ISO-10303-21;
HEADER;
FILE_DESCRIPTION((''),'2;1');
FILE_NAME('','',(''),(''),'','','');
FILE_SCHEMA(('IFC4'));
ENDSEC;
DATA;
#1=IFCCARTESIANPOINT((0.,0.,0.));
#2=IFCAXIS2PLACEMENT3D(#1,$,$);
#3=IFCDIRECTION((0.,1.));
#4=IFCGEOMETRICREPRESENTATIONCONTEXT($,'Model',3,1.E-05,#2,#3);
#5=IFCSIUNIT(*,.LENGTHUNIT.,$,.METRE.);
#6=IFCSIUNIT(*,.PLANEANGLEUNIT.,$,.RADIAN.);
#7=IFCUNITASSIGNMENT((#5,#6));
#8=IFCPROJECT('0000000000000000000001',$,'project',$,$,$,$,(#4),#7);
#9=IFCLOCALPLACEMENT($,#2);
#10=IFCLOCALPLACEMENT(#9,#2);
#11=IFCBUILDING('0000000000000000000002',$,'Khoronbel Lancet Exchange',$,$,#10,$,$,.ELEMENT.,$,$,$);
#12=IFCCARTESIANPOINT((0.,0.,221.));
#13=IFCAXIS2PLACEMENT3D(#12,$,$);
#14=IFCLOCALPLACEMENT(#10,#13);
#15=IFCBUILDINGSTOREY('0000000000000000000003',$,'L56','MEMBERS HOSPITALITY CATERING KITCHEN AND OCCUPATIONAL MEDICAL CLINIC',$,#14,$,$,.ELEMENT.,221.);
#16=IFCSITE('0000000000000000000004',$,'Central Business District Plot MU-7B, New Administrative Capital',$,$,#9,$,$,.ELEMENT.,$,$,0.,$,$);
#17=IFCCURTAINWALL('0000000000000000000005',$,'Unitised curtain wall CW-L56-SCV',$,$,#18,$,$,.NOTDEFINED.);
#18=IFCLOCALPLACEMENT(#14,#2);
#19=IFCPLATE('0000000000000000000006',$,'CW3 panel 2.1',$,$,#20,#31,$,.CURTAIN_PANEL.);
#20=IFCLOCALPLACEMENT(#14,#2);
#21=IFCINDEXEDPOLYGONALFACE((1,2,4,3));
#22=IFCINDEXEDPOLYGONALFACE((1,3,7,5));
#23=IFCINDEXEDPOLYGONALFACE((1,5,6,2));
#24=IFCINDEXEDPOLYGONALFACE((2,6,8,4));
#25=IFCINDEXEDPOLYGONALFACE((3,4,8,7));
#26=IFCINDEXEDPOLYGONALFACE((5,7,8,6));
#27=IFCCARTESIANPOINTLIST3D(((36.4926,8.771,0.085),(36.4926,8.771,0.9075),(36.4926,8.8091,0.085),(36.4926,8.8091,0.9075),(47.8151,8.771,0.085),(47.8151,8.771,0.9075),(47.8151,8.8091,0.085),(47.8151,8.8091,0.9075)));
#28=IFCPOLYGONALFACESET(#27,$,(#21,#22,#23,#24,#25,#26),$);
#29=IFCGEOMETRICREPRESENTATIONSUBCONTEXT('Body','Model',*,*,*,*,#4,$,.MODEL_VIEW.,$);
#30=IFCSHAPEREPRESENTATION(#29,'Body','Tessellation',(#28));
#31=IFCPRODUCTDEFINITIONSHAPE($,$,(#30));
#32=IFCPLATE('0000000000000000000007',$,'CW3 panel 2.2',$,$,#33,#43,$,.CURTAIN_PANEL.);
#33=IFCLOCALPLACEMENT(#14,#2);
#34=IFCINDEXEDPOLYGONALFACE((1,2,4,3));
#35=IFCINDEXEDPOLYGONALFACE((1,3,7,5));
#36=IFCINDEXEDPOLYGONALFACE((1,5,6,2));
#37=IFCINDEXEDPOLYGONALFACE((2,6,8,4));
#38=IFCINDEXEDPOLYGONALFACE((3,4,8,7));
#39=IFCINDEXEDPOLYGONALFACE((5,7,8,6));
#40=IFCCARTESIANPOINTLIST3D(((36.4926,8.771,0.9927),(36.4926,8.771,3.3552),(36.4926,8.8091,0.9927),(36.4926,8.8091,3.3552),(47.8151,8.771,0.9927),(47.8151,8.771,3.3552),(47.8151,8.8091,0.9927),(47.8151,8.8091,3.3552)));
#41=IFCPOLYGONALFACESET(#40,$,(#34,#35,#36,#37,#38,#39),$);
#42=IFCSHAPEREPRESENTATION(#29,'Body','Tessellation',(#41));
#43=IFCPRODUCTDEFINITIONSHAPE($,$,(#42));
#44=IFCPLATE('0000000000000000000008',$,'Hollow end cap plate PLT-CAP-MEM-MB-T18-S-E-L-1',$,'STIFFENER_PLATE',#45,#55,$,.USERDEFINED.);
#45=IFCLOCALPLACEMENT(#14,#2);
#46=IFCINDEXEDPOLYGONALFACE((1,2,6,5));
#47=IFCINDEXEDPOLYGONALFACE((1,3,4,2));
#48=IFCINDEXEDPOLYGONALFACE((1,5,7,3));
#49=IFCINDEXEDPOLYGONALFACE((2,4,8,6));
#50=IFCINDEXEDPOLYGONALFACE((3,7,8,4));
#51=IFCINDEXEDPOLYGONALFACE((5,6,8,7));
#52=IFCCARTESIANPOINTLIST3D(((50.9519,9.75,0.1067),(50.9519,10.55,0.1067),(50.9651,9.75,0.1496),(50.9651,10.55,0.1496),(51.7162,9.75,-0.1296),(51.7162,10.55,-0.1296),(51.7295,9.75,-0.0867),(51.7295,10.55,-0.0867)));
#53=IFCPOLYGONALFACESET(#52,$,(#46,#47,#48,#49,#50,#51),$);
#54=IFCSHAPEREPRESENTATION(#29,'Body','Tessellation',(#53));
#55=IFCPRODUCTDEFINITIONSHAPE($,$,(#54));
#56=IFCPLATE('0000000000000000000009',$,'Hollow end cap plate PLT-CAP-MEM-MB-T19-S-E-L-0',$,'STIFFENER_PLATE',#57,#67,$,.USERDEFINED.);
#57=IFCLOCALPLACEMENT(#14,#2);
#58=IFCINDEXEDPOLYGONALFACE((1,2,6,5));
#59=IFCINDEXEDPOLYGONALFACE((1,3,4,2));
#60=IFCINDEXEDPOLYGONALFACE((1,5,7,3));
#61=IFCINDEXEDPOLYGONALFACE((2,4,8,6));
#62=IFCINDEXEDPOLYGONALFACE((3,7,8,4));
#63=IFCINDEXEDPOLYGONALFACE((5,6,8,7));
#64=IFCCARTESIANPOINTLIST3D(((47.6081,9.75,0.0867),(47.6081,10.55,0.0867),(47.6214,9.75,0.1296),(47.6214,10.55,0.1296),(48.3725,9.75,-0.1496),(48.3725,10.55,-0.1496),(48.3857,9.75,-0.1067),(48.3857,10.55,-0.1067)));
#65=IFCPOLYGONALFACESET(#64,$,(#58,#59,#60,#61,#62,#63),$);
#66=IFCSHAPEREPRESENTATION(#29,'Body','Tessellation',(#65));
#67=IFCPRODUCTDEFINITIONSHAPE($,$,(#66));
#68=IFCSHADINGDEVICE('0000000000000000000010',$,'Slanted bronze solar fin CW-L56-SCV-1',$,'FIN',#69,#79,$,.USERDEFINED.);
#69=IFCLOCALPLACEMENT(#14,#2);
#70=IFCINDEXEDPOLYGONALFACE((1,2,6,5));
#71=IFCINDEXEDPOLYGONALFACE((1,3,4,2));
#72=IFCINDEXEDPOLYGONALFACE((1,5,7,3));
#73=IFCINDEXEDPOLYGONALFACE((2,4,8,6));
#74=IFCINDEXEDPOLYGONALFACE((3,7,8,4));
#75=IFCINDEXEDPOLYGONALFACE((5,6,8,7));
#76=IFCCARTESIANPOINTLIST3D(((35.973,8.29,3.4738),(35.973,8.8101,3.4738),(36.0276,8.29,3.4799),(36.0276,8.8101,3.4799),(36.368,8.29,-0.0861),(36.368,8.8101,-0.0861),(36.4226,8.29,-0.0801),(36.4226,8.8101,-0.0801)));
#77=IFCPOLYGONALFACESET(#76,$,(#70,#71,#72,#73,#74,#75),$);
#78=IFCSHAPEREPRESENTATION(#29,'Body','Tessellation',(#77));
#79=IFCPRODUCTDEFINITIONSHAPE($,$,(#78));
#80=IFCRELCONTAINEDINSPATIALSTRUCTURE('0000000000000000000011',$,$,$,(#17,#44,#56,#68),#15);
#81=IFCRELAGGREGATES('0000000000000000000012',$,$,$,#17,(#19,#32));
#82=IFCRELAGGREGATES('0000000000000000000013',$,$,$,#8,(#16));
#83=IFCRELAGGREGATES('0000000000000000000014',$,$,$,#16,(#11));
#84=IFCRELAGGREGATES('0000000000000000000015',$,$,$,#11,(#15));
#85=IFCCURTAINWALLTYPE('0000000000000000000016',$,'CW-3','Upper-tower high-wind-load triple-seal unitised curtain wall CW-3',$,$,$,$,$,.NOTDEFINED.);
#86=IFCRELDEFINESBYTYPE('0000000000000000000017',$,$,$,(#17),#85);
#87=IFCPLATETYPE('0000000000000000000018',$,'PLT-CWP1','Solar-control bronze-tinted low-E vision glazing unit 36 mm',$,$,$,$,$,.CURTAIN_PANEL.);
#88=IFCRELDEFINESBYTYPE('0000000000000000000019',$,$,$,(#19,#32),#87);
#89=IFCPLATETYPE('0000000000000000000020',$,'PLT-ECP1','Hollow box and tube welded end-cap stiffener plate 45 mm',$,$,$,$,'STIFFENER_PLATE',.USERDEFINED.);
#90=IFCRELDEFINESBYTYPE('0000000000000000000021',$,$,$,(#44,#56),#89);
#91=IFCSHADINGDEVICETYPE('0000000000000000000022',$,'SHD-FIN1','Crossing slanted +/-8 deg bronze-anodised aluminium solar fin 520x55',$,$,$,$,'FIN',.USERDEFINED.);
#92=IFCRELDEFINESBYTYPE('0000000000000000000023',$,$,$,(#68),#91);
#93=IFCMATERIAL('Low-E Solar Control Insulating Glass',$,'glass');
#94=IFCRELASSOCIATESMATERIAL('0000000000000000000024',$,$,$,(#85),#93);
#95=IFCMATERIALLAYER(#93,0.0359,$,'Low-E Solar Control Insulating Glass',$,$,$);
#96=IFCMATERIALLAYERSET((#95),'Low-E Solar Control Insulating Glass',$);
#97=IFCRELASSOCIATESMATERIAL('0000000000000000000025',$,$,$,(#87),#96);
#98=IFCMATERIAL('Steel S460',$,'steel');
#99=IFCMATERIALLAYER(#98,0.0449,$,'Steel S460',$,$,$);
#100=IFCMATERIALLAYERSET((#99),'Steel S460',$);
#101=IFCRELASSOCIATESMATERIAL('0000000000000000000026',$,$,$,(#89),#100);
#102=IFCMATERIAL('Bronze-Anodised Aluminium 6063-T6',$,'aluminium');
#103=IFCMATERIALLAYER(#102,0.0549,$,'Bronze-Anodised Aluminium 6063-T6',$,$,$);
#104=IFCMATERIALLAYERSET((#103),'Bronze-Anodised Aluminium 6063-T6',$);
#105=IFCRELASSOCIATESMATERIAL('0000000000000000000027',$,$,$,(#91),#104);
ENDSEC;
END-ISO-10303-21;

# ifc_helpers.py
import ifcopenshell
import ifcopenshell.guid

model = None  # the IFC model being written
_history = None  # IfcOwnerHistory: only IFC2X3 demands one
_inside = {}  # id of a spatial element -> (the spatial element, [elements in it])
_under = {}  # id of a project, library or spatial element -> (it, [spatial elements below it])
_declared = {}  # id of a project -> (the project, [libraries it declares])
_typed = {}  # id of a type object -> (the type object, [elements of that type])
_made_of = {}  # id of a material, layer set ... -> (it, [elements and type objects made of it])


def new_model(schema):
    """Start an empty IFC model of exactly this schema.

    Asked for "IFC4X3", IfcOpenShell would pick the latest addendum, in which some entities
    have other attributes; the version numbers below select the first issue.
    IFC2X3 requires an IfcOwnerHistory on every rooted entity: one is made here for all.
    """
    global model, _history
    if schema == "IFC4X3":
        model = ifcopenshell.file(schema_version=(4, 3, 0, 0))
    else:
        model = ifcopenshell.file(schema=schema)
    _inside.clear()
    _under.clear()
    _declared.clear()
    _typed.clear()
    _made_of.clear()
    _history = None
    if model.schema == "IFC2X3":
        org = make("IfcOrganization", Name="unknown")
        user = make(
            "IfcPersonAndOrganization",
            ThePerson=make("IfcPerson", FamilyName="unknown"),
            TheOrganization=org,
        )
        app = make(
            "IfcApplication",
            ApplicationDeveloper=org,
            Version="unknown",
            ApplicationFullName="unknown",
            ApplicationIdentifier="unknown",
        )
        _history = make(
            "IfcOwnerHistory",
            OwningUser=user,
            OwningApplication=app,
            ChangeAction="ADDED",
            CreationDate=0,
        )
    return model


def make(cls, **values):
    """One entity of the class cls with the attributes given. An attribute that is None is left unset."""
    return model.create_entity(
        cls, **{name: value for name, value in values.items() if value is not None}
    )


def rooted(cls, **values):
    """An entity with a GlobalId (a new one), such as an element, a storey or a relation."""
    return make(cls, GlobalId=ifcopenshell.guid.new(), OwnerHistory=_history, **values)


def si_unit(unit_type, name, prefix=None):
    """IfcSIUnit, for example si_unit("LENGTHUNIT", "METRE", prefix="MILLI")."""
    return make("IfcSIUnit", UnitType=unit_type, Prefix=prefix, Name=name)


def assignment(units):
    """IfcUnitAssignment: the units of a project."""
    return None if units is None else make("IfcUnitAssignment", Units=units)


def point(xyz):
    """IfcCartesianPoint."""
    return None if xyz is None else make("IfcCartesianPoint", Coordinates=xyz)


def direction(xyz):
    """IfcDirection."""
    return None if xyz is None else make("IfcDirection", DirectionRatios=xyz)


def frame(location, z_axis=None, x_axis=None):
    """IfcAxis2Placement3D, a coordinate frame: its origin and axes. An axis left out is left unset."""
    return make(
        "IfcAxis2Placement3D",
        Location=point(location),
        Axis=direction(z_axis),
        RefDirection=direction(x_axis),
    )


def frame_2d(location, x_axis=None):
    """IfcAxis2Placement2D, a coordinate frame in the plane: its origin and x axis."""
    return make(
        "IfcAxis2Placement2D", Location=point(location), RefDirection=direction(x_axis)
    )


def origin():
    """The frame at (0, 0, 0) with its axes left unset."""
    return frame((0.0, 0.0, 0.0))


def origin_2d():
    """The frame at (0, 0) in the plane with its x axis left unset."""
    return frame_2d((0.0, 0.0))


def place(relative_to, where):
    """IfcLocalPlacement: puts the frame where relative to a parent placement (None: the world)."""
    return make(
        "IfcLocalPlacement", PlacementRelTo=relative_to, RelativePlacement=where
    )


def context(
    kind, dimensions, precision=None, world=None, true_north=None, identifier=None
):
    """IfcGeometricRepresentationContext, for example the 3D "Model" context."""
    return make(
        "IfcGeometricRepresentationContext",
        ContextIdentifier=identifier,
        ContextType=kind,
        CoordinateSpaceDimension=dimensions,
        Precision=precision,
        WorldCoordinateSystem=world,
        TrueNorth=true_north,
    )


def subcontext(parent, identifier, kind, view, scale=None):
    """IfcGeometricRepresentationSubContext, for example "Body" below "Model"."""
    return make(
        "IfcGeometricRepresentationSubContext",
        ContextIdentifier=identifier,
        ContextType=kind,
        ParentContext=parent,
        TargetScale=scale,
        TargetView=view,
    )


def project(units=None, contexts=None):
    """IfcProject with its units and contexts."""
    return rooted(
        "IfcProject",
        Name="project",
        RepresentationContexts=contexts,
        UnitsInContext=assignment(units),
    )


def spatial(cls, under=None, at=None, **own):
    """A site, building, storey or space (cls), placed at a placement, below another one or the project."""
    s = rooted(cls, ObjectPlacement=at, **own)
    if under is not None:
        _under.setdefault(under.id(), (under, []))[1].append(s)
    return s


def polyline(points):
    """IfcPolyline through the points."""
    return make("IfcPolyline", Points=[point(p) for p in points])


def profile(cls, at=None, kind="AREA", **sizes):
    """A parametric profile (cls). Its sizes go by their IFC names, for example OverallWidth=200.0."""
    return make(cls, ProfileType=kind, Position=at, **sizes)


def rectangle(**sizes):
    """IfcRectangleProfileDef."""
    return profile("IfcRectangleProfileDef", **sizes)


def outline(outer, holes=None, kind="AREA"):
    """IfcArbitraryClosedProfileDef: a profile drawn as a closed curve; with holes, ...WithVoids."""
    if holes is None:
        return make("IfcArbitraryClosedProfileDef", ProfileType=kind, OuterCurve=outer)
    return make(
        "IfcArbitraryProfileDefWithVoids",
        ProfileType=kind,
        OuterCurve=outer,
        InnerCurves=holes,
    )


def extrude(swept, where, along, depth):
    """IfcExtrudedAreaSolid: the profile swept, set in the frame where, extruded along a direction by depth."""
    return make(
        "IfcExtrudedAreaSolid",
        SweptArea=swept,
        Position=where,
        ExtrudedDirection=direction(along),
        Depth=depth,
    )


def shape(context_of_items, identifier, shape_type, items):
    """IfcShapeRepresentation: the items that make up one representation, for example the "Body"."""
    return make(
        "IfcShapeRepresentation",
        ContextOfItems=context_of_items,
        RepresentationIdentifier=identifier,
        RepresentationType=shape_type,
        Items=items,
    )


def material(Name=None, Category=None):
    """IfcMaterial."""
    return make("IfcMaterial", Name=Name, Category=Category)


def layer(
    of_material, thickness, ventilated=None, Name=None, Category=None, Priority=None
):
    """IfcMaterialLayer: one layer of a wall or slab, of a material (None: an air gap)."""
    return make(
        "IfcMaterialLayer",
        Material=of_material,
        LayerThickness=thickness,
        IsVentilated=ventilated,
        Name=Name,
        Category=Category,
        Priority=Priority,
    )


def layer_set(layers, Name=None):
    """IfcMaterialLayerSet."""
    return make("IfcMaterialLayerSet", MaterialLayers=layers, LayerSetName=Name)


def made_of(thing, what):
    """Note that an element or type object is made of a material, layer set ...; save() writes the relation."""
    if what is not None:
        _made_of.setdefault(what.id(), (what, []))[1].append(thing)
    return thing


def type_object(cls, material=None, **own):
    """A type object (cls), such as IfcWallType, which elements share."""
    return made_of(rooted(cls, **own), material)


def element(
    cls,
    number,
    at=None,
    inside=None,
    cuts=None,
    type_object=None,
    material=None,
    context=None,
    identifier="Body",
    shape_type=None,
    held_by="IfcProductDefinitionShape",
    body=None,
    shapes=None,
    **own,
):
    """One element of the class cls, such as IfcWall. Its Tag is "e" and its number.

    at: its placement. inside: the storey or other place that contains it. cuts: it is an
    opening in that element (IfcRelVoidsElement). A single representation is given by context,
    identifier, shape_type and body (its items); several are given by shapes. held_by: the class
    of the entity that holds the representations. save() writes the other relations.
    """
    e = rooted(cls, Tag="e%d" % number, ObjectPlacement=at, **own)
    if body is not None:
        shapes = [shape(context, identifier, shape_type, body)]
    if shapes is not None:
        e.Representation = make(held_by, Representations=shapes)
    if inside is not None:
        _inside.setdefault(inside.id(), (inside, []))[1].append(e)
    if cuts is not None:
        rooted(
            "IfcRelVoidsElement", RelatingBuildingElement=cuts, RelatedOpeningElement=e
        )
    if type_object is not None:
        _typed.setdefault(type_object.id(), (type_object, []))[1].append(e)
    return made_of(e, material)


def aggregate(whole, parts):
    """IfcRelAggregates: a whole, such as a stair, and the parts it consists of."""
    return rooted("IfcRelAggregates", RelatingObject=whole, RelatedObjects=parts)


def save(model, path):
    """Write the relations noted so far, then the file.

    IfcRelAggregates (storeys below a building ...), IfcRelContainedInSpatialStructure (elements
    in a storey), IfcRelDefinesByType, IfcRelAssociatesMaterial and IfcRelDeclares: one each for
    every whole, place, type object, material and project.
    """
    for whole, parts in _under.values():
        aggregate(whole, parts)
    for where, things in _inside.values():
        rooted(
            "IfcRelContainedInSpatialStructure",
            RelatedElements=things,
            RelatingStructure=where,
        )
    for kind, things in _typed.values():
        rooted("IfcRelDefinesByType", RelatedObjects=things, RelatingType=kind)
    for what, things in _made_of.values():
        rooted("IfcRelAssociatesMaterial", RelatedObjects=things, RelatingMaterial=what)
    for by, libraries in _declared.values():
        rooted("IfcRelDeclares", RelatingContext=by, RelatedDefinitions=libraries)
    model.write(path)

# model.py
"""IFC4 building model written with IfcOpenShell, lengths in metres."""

from ifc_helpers import new_model, si_unit, direction, frame, origin, origin_2d, place, context, subcontext, project, spatial, polyline, rectangle, outline, extrude, material, layer, layer_set, type_object, element, aggregate, save


model = new_model("IFC4")

# Units and contexts
model_context = context("Model", 3, precision=1e-05, world=origin(), true_north=direction((0.0, 1.0)))
body_context = subcontext(model_context, "Body", "Model", "MODEL_VIEW")
ifc_project = project(units=[si_unit("LENGTHUNIT", "METRE"), si_unit("PLANEANGLEUNIT", "RADIAN")], contexts=[model_context])

# Site, building, storey
site_placement = place(None, origin())
site = spatial("IfcSite", under=ifc_project, at=site_placement, Name="Central Business District Plot MU-7B, New Administrative Capital", CompositionType="ELEMENT", RefElevation=0.0)
building_placement = place(site_placement, origin())
building = spatial("IfcBuilding", under=site, at=building_placement, Name="Khoronbel Lancet Exchange", CompositionType="ELEMENT")
storey_placement = place(building_placement, frame((0.0, 0.0, 221.0)))
storey = spatial("IfcBuildingStorey", under=building, at=storey_placement, Name="L56", Description="MEMBERS HOSPITALITY CATERING KITCHEN AND OCCUPATIONAL MEDICAL CLINIC", CompositionType="ELEMENT", Elevation=221.0)

# Shared definitions
ifc_material_1 = material(Name="Steel S460", Category="steel")

# Curtain wall
ifc_material_2 = material(Name="Low-E Solar Control Insulating Glass", Category="glass")
curtain_wall_type = type_object("IfcCurtainWallType", Name="CW-3", Description="Upper-tower high-wind-load triple-seal unitised curtain wall CW-3", PredefinedType="NOTDEFINED", material=ifc_material_2)
curtain_wall_1_placement = place(storey_placement, origin())
curtain_wall_1 = element("IfcCurtainWall", 1, at=curtain_wall_1_placement, inside=storey, type_object=curtain_wall_type, Name="Unitised curtain wall CW-L56-SCV", PredefinedType="NOTDEFINED")
ifc_material_3 = material(Name="Bronze-Anodised Aluminium 6063-T6", Category="aluminium")

# Plates
ifc_layer_1 = layer(ifc_material_2, 0.0359, Name="Low-E Solar Control Insulating Glass")
ifc_layer_set_1 = layer_set([ifc_layer_1], Name="Low-E Solar Control Insulating Glass")
plate_type_1 = type_object("IfcPlateType", Name="PLT-CWP1", Description="Solar-control bronze-tinted low-E vision glazing unit 36 mm", PredefinedType="CURTAIN_PANEL", material=ifc_layer_set_1)
plate_1_placement = place(storey_placement, frame((42.1538, 8.79, 0.085), z_axis=(0.0, 0.0, 1.0), x_axis=(1.0, 0.0, 0.0)))
plate_1 = element("IfcPlate", 2, at=plate_1_placement, type_object=plate_type_1, Name="CW3 panel 2.1", PredefinedType="CURTAIN_PANEL", context=body_context, shape_type="SweptSolid", body=[
    extrude(rectangle(XDim=11.3225, YDim=0.0381, at=origin_2d()), origin(), (0.0, 0.0, 1.0), 0.8225),
])
plate_2_placement = place(storey_placement, frame((42.1538, 8.79, 0.9927), z_axis=(0.0, 0.0, 1.0), x_axis=(1.0, 0.0, 0.0)))
plate_2 = element("IfcPlate", 3, at=plate_2_placement, type_object=plate_type_1, Name="CW3 panel 2.2", PredefinedType="CURTAIN_PANEL", context=body_context, shape_type="SweptSolid", body=[
    extrude(rectangle(XDim=11.3225, YDim=0.0381, at=origin_2d()), origin(), (0.0, 0.0, 1.0), 2.3625),
])
aggregate(curtain_wall_1, [plate_1, plate_2])

# Plates
ifc_layer_2 = layer(ifc_material_1, 0.0449, Name="Steel S460")
ifc_layer_set_2 = layer_set([ifc_layer_2], Name="Steel S460")
plate_type_2 = type_object("IfcPlateType", Name="PLT-ECP1", Description="Hollow box and tube welded end-cap stiffener plate 45 mm", ElementType="STIFFENER_PLATE", PredefinedType="USERDEFINED", material=ifc_layer_set_2)
for number, where, z_axis, x_axis, name in (
    (4, (51.7295, 9.75, -0.0867), (0.295372, 0.0, 0.955382), (0.0, 1.0, 0.0), "Hollow end cap plate PLT-CAP-MEM-MB-T18-S-E-L-1"),
    (5, (48.3857, 9.75, -0.1067), (0.295372, 0.0, 0.955382), (0.0, 1.0, 0.0), "Hollow end cap plate PLT-CAP-MEM-MB-T19-S-E-L-0"),
):
    element("IfcPlate", number, at=place(storey_placement, frame(where, z_axis=z_axis, x_axis=x_axis)), inside=storey, type_object=plate_type_2, Name=name, ObjectType="STIFFENER_PLATE", PredefinedType="USERDEFINED", context=body_context, shape_type="SweptSolid", body=[
        extrude(outline(polyline([(0.0, 0.0), (0.8, 0.0), (0.8, 0.8), (0.0, 0.8), (0.0, 0.0)])), origin(), (0.0, 0.0, -1.0), 0.0449),
    ])

# Shading device
ifc_layer_3 = layer(ifc_material_3, 0.0549, Name="Bronze-Anodised Aluminium 6063-T6")
ifc_layer_set_3 = layer_set([ifc_layer_3], Name="Bronze-Anodised Aluminium 6063-T6")
shading_device_type = type_object("IfcShadingDeviceType", Name="SHD-FIN1", Description="Crossing slanted +/-8 deg bronze-anodised aluminium solar fin 520x55", ElementType="FIN", PredefinedType="USERDEFINED", material=ifc_layer_set_3)
shading_device_placement = place(storey_placement, frame((36.4226, 8.8101, -0.0801), z_axis=(0.9939, 0.0, 0.110282), x_axis=(0.0, -1.0, 0.0)))
element("IfcShadingDevice", 6, at=shading_device_placement, inside=storey, type_object=shading_device_type, Name="Slanted bronze solar fin CW-L56-SCV-1", ObjectType="FIN", PredefinedType="USERDEFINED", context=body_context, shape_type="SweptSolid", body=[
    extrude(outline(polyline([(0.0, 0.0), (0.52, 0.0), (0.52, -3.5818), (0.0, -3.5818), (0.0, 0.0)])), origin(), (0.0, 0.0, -1.0), 0.0549),
])

save(model, "model.ifc")
